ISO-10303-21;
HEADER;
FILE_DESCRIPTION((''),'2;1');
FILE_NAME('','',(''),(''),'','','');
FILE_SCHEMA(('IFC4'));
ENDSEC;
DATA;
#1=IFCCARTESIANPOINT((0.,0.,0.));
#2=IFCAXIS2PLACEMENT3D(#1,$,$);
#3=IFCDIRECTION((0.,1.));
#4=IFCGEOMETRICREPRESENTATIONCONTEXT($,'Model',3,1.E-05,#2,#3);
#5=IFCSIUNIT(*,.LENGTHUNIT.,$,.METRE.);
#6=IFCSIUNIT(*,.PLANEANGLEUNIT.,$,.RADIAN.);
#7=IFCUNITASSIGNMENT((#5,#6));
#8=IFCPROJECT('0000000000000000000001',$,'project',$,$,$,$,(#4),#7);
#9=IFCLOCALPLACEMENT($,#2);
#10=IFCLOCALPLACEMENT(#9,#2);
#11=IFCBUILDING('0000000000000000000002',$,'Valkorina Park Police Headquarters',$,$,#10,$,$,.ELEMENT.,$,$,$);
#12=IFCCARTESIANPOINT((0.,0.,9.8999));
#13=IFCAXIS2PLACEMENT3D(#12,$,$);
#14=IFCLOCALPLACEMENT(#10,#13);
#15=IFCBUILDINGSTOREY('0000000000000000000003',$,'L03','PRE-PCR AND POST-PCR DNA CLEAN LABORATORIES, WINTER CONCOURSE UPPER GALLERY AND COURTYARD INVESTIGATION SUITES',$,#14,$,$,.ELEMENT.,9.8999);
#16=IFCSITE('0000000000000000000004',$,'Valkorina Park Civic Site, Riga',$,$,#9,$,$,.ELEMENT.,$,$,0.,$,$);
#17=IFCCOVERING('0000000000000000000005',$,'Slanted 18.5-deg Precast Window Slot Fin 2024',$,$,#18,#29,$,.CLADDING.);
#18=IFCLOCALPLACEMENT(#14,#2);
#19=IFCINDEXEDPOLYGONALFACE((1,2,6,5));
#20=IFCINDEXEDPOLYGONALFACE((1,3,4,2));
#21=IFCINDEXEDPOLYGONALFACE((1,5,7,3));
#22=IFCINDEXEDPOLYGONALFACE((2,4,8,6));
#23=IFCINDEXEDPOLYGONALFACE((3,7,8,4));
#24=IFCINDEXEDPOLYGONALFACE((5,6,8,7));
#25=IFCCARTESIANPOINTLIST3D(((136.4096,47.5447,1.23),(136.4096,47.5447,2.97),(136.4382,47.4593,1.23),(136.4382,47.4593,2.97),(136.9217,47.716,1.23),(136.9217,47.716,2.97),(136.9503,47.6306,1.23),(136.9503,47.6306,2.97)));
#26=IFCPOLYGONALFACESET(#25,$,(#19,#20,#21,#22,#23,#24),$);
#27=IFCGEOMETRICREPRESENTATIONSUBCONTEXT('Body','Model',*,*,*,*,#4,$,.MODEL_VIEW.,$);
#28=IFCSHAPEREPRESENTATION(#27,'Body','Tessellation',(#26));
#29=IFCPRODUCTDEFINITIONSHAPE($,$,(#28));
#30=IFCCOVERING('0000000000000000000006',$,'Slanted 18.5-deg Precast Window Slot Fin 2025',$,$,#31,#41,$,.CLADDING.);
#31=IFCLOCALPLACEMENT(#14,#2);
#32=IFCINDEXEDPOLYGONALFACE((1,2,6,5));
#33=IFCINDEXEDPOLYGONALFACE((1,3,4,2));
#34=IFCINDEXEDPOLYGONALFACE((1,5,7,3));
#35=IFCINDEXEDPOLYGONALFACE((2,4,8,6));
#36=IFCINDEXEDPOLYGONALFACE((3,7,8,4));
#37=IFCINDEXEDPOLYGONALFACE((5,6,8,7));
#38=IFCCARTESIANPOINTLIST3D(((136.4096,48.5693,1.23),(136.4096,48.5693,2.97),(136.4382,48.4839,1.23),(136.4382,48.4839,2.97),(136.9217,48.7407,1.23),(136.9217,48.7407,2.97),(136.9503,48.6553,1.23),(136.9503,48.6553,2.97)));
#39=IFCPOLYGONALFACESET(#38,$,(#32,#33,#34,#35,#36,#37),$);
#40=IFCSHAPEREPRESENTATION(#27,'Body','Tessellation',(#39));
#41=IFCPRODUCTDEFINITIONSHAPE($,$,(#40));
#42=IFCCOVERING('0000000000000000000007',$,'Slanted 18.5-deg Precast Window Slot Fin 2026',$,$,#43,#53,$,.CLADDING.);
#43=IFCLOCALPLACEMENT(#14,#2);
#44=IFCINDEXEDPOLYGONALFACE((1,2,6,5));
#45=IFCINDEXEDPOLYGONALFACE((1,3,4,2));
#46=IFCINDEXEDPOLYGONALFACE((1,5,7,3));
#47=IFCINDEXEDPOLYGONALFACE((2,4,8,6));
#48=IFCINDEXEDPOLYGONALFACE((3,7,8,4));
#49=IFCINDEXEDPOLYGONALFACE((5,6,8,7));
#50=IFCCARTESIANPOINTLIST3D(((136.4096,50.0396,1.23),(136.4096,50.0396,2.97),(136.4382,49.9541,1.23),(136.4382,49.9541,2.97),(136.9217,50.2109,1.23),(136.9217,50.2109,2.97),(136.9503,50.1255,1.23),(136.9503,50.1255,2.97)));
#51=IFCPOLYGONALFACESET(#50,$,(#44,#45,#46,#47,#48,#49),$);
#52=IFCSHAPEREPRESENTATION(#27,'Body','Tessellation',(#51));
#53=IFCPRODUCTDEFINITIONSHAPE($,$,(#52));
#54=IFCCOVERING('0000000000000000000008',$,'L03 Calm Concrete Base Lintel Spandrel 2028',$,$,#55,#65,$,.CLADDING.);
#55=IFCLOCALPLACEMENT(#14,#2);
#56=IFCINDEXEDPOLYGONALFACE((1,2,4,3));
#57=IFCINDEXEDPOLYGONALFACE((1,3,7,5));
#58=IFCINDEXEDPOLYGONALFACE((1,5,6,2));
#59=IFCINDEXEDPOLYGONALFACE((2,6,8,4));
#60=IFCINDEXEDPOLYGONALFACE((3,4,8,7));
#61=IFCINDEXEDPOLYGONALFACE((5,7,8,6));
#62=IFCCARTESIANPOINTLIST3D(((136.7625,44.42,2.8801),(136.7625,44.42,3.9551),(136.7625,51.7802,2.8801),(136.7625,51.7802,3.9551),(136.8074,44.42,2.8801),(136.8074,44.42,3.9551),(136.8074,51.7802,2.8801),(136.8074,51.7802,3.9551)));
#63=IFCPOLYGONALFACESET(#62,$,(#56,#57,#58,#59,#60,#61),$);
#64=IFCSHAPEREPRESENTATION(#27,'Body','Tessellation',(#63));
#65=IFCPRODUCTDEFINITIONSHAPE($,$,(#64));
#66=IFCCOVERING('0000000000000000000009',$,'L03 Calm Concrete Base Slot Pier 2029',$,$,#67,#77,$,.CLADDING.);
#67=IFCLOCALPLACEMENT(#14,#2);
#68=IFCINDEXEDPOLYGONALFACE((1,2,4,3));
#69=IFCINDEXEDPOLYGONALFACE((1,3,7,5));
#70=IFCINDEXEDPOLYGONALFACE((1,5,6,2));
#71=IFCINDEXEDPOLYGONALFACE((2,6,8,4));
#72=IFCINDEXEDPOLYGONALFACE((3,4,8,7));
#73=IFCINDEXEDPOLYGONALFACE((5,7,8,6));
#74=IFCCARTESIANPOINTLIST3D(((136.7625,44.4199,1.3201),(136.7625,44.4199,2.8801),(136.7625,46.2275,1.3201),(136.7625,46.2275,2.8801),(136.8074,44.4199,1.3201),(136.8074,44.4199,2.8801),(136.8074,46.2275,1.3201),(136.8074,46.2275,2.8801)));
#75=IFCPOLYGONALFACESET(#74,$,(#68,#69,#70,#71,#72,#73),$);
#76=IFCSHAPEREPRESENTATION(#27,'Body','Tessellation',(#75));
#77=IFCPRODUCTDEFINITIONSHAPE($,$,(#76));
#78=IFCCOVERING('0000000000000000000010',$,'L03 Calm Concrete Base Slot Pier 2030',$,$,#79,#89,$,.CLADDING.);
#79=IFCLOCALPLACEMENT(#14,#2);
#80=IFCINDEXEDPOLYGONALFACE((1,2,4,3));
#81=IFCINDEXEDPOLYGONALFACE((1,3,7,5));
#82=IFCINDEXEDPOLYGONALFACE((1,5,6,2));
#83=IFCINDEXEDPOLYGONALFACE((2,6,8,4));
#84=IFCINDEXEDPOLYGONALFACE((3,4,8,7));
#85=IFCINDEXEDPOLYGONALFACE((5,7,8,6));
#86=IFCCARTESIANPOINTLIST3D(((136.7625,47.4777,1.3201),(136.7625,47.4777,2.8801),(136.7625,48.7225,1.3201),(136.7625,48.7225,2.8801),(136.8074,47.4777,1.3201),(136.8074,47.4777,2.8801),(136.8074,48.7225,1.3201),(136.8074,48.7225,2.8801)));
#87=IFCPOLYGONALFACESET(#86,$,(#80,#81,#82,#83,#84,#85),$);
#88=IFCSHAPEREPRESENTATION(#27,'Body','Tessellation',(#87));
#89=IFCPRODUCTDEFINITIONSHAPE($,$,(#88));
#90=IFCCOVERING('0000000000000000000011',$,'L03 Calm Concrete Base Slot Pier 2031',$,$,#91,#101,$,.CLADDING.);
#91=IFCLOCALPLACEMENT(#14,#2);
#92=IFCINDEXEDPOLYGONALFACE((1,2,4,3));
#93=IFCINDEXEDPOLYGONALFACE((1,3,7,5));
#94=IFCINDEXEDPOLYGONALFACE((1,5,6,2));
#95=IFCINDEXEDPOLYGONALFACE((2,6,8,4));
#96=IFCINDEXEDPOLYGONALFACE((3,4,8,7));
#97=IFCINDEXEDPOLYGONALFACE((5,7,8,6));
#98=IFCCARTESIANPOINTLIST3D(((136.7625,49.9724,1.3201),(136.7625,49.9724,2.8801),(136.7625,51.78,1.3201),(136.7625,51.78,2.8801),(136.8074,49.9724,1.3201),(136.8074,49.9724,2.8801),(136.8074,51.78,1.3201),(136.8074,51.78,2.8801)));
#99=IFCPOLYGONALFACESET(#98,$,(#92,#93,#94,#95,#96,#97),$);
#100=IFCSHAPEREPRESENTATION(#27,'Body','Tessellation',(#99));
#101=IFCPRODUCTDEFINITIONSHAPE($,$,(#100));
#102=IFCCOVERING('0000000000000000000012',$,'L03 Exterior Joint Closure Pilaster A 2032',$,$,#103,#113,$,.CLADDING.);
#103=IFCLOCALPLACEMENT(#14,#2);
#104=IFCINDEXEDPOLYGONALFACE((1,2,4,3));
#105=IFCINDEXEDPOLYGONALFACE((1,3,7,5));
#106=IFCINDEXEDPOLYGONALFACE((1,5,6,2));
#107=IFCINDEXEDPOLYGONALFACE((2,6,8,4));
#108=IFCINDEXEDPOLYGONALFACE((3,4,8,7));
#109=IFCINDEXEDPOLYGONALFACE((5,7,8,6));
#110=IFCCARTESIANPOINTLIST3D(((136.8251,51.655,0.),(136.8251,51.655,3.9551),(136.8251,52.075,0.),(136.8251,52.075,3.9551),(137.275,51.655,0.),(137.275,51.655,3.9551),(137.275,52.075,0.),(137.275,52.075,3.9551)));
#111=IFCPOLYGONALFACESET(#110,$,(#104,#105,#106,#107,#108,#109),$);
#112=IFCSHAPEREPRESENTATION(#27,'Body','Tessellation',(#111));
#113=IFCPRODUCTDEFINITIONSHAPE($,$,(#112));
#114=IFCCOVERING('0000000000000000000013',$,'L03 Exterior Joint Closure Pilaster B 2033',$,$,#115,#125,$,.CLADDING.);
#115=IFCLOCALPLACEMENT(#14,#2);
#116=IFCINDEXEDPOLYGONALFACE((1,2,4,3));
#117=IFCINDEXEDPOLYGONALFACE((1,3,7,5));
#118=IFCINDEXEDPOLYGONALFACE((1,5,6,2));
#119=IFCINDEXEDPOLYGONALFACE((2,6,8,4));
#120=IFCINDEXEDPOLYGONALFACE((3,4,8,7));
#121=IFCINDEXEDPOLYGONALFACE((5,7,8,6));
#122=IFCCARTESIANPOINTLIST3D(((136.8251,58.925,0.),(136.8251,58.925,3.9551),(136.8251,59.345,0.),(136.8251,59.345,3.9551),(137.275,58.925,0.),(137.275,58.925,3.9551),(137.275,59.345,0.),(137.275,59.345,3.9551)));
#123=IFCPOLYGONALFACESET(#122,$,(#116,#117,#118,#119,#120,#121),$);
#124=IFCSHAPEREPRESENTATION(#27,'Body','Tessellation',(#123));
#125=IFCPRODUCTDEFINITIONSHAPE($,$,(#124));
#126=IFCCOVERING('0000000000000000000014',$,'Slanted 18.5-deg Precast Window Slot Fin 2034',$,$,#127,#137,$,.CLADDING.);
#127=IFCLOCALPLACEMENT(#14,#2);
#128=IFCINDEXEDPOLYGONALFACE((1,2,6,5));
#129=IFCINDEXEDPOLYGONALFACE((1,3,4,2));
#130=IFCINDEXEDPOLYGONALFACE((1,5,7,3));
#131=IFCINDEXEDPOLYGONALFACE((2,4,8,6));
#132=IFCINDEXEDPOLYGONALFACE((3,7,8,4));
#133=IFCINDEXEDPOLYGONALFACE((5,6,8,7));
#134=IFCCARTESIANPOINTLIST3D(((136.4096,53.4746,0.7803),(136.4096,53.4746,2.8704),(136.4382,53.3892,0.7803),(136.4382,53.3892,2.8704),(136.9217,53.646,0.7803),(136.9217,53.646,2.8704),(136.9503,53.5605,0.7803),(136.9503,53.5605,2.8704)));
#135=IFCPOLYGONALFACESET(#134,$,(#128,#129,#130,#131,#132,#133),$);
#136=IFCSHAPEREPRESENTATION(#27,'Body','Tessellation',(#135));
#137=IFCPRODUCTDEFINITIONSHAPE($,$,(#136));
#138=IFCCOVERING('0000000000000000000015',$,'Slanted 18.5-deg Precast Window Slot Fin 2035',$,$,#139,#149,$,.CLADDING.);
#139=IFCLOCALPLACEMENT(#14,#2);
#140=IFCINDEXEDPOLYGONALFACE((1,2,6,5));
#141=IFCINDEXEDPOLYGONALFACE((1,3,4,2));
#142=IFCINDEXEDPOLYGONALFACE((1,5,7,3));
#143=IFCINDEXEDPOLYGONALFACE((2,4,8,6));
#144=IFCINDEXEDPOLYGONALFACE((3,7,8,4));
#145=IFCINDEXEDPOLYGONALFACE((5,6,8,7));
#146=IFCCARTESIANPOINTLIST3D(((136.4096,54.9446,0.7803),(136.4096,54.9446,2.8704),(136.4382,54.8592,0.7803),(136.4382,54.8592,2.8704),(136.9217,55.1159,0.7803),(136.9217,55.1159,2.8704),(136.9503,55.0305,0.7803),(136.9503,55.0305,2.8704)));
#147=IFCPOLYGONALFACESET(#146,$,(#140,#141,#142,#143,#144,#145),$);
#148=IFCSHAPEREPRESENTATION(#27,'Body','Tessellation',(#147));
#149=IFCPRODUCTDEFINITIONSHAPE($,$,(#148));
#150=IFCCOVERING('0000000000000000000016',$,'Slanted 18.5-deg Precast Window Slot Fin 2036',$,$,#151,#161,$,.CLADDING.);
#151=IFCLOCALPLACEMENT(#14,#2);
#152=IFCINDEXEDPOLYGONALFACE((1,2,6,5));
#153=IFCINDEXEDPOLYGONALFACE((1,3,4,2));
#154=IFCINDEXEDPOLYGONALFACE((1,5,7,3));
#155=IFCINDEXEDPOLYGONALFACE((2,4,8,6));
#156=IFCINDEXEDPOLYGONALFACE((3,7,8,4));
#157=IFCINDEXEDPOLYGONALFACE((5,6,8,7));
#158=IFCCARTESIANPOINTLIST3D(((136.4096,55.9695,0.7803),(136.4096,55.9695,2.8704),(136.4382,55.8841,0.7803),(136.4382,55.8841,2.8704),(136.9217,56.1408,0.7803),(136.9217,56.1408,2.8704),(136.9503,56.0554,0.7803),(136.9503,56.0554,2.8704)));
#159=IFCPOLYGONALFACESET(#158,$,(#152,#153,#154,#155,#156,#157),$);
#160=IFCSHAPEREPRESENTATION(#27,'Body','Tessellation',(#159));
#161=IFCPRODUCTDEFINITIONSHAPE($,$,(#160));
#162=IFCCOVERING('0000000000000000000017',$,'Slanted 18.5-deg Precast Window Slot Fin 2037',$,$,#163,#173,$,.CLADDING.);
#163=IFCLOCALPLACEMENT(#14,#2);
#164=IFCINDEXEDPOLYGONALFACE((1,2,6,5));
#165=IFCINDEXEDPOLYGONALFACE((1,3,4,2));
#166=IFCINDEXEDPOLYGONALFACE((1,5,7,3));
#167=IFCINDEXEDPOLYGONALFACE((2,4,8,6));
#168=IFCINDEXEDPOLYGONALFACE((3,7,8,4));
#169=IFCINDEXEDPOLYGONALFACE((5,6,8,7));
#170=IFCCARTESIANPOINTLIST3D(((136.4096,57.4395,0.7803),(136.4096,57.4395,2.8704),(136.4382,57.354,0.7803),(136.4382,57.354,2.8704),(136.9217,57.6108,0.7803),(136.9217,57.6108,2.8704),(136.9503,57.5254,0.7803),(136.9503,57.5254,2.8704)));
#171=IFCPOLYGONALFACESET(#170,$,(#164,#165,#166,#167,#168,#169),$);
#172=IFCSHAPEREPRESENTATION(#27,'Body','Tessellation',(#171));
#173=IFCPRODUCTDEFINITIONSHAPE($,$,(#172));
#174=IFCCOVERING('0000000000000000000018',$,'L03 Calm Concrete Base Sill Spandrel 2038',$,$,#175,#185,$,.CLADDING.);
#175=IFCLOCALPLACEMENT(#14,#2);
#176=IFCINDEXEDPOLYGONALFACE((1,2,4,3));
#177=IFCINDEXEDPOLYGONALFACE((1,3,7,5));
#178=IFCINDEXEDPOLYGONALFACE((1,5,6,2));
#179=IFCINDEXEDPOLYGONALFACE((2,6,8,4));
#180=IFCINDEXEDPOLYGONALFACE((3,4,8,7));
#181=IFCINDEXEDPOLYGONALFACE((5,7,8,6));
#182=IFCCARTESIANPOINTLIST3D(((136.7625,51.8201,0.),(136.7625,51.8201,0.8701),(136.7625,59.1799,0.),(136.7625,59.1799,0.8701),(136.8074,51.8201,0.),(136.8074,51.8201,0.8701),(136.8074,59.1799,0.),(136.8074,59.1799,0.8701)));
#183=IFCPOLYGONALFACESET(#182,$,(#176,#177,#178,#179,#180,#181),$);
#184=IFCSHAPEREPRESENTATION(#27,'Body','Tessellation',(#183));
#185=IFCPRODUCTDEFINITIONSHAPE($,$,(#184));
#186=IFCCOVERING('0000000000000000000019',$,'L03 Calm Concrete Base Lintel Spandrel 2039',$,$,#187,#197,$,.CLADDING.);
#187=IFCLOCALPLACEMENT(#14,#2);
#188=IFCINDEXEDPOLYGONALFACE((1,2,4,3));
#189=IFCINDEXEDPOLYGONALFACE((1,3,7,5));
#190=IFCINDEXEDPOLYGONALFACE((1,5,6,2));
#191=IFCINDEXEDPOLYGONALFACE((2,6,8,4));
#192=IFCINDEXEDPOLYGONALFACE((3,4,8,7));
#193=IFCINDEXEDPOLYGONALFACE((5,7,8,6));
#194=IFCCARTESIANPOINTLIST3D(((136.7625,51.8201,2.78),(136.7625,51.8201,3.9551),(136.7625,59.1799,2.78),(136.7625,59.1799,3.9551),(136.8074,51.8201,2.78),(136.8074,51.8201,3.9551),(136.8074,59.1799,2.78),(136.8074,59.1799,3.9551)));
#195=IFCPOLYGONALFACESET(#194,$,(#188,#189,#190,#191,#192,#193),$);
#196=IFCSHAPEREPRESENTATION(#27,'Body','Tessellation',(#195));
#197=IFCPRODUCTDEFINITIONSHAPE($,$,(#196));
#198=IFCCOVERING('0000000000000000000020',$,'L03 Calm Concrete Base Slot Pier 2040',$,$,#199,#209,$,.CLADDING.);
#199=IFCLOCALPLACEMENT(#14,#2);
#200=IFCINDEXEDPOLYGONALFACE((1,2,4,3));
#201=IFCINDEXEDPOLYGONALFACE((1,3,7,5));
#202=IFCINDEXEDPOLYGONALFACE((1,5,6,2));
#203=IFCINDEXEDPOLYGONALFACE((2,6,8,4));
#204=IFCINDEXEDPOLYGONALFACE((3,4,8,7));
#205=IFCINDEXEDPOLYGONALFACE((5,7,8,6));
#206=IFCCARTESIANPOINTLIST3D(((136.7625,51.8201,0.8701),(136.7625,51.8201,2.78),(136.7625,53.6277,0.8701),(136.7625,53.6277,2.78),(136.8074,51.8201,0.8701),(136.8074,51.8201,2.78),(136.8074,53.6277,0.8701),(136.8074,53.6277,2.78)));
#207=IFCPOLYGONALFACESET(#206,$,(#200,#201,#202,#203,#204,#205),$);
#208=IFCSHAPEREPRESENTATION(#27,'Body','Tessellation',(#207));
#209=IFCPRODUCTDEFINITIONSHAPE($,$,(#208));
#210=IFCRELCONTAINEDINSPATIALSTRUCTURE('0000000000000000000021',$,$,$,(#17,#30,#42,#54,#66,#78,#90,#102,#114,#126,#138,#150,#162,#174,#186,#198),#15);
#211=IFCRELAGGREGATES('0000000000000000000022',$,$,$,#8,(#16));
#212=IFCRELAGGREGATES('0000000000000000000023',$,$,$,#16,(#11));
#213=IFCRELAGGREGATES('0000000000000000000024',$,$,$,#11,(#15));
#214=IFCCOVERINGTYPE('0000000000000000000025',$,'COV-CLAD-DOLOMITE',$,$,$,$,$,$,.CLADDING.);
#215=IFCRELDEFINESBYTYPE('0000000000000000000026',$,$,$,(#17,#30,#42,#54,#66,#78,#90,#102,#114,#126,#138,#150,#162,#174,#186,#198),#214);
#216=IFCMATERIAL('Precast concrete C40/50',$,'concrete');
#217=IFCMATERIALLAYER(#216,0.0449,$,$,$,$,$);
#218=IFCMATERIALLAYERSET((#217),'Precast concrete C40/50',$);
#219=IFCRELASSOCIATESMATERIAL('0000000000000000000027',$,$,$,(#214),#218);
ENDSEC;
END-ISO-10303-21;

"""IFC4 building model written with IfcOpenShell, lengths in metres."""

from ifc_helpers import new_model, si_unit, direction, frame, frame_2d, origin, origin_2d, place, context, subcontext, project, spatial, rectangle, extrude, material, layer, layer_set, type_object, element, save


model = new_model("IFC4")

# Units and contexts
model_context = context("Model", 3, precision=1e-05, world=origin(), true_north=direction((0.0, 1.0)))
body_context = subcontext(model_context, "Body", "Model", "MODEL_VIEW")
ifc_project = project(units=[si_unit("LENGTHUNIT", "METRE"), si_unit("PLANEANGLEUNIT", "RADIAN")], contexts=[model_context])

# Site, building, storey
site_placement = place(None, origin())
site = spatial("IfcSite", under=ifc_project, at=site_placement, Name="Valkorina Park Civic Site, Riga", CompositionType="ELEMENT", RefElevation=0.0)
building_placement = place(site_placement, origin())
building = spatial("IfcBuilding", under=site, at=building_placement, Name="Valkorina Park Police Headquarters", CompositionType="ELEMENT")
storey_placement = place(building_placement, frame((0.0, 0.0, 9.8999)))
storey = spatial("IfcBuildingStorey", under=building, at=storey_placement, Name="L03", Description="PRE-PCR AND POST-PCR DNA CLEAN LABORATORIES, WINTER CONCOURSE UPPER GALLERY AND COURTYARD INVESTIGATION SUITES", CompositionType="ELEMENT", Elevation=9.8999)

# Shared definitions
ifc_material_1 = material(Name="Precast concrete C40/50", Category="concrete")

# Coverings
ifc_layer_1 = layer(ifc_material_1, 0.0449)
ifc_layer_set_1 = layer_set([ifc_layer_1], Name="Precast concrete C40/50")
covering_type = type_object("IfcCoveringType", Name="COV-CLAD-DOLOMITE", PredefinedType="CLADDING", material=ifc_layer_set_1)
for number, where, z_axis, x_axis, name in (
    (1, (136.6799, 47.5876, 1.23), (0.0, 0.0, 1.0), (-0.948324, -0.317305, 0.0), "Slanted 18.5-deg Precast Window Slot Fin 2024"),
    (2, (136.6799, 48.6123, 1.23), (0.0, 0.0, 1.0), (-0.948324, -0.317305, 0.0), "Slanted 18.5-deg Precast Window Slot Fin 2025"),
    (3, (136.6799, 50.0825, 1.23), (0.0, 0.0, 1.0), (-0.948324, -0.317305, 0.0), "Slanted 18.5-deg Precast Window Slot Fin 2026"),
):
    element("IfcCovering", number, at=place(storey_placement, frame(where, z_axis=z_axis, x_axis=x_axis)), inside=storey, type_object=covering_type, Name=name, PredefinedType="CLADDING", context=body_context, shape_type="SweptSolid", body=[
        extrude(rectangle(XDim=0.54, YDim=0.0901, at=origin_2d()), origin(), (0.0, 0.0, 1.0), 1.74),
    ])
covering_1_placement = place(storey_placement, frame((136.7849, 44.4199, 2.8801), z_axis=(0.0, 0.0, 1.0), x_axis=(0.0, 1.0, 0.0)))
element("IfcCovering", 4, at=covering_1_placement, inside=storey, type_object=covering_type, Name="L03 Calm Concrete Base Lintel Spandrel 2028", PredefinedType="CLADDING", context=body_context, shape_type="SweptSolid", body=[
    extrude(rectangle(XDim=7.3601, YDim=0.0449, at=frame_2d((3.6802, 0.0))), origin(), (0.0, 0.0, 1.0), 1.075),
])
covering_2_placement = place(storey_placement, frame((136.7849, 44.4199, 1.3201), z_axis=(0.0, 0.0, 1.0), x_axis=(0.0, 1.0, 0.0)))
element("IfcCovering", 5, at=covering_2_placement, inside=storey, type_object=covering_type, Name="L03 Calm Concrete Base Slot Pier 2029", PredefinedType="CLADDING", context=body_context, shape_type="SweptSolid", body=[
    extrude(rectangle(XDim=1.8076, YDim=0.0449, at=frame_2d((0.9038, 0.0))), origin(), (0.0, 0.0, 1.0), 1.5601),
])
covering_3_placement = place(storey_placement, frame((136.7849, 47.4775, 1.3201), z_axis=(0.0, 0.0, 1.0), x_axis=(0.0, 1.0, 0.0)))
element("IfcCovering", 6, at=covering_3_placement, inside=storey, type_object=covering_type, Name="L03 Calm Concrete Base Slot Pier 2030", PredefinedType="CLADDING", context=body_context, shape_type="SweptSolid", body=[
    extrude(rectangle(XDim=1.2449, YDim=0.0449, at=frame_2d((0.6226, 0.0))), origin(), (0.0, 0.0, 1.0), 1.5601),
])
covering_4_placement = place(storey_placement, frame((136.7849, 49.9724, 1.3201), z_axis=(0.0, 0.0, 1.0), x_axis=(0.0, 1.0, 0.0)))
element("IfcCovering", 7, at=covering_4_placement, inside=storey, type_object=covering_type, Name="L03 Calm Concrete Base Slot Pier 2031", PredefinedType="CLADDING", context=body_context, shape_type="SweptSolid", body=[
    extrude(rectangle(XDim=1.8076, YDim=0.0449, at=frame_2d((0.9038, 0.0))), origin(), (0.0, 0.0, 1.0), 1.5601),
])
for number, where, z_axis, x_axis, name in (
    (8, (137.05, 51.865, 0.0), (0.0, 0.0, 1.0), (0.0, 1.0, 0.0), "L03 Exterior Joint Closure Pilaster A 2032"),
    (9, (137.05, 59.135, 0.0), (0.0, 0.0, 1.0), (0.0, 1.0, 0.0), "L03 Exterior Joint Closure Pilaster B 2033"),
):
    element("IfcCovering", number, at=place(storey_placement, frame(where, z_axis=z_axis, x_axis=x_axis)), inside=storey, type_object=covering_type, Name=name, PredefinedType="CLADDING", context=body_context, shape_type="SweptSolid", body=[
        extrude(rectangle(XDim=0.4199, YDim=0.45, at=origin_2d()), origin(), (0.0, 0.0, 1.0), 3.9551),
    ])
for number, where, z_axis, x_axis, name in (
    (10, (136.6799, 53.5176, 0.7803), (0.0, 0.0, 1.0), (-0.948324, -0.317305, 0.0), "Slanted 18.5-deg Precast Window Slot Fin 2034"),
    (11, (136.6799, 54.9875, 0.7803), (0.0, 0.0, 1.0), (-0.948324, -0.317305, 0.0), "Slanted 18.5-deg Precast Window Slot Fin 2035"),
    (12, (136.6799, 56.0125, 0.7803), (0.0, 0.0, 1.0), (-0.948324, -0.317305, 0.0), "Slanted 18.5-deg Precast Window Slot Fin 2036"),
    (13, (136.6799, 57.4824, 0.7803), (0.0, 0.0, 1.0), (-0.948324, -0.317305, 0.0), "Slanted 18.5-deg Precast Window Slot Fin 2037"),
):
    element("IfcCovering", number, at=place(storey_placement, frame(where, z_axis=z_axis, x_axis=x_axis)), inside=storey, type_object=covering_type, Name=name, PredefinedType="CLADDING", context=body_context, shape_type="SweptSolid", body=[
        extrude(rectangle(XDim=0.54, YDim=0.0901, at=origin_2d()), origin(), (0.0, 0.0, 1.0), 2.0901),
    ])
covering_5_placement = place(storey_placement, frame((136.7849, 51.8201, 0.0), z_axis=(0.0, 0.0, 1.0), x_axis=(0.0, 1.0, 0.0)))
element("IfcCovering", 14, at=covering_5_placement, inside=storey, type_object=covering_type, Name="L03 Calm Concrete Base Sill Spandrel 2038", PredefinedType="CLADDING", context=body_context, shape_type="SweptSolid", body=[
    extrude(rectangle(XDim=7.3599, YDim=0.0449, at=frame_2d((3.6799, 0.0))), origin(), (0.0, 0.0, 1.0), 0.8701),
])
covering_6_placement = place(storey_placement, frame((136.7849, 51.8201, 2.78), z_axis=(0.0, 0.0, 1.0), x_axis=(0.0, 1.0, 0.0)))
element("IfcCovering", 15, at=covering_6_placement, inside=storey, type_object=covering_type, Name="L03 Calm Concrete Base Lintel Spandrel 2039", PredefinedType="CLADDING", context=body_context, shape_type="SweptSolid", body=[
    extrude(rectangle(XDim=7.3599, YDim=0.0449, at=frame_2d((3.6799, 0.0))), origin(), (0.0, 0.0, 1.0), 1.175),
])
covering_7_placement = place(storey_placement, frame((136.7849, 51.8201, 0.8701), z_axis=(0.0, 0.0, 1.0), x_axis=(0.0, 1.0, 0.0)))
element("IfcCovering", 16, at=covering_7_placement, inside=storey, type_object=covering_type, Name="L03 Calm Concrete Base Slot Pier 2040", PredefinedType="CLADDING", context=body_context, shape_type="SweptSolid", body=[
    extrude(rectangle(XDim=1.8076, YDim=0.0449, at=frame_2d((0.9038, 0.0))), origin(), (0.0, 0.0, 1.0), 1.9099),
])

save(model, "model.ifc")
